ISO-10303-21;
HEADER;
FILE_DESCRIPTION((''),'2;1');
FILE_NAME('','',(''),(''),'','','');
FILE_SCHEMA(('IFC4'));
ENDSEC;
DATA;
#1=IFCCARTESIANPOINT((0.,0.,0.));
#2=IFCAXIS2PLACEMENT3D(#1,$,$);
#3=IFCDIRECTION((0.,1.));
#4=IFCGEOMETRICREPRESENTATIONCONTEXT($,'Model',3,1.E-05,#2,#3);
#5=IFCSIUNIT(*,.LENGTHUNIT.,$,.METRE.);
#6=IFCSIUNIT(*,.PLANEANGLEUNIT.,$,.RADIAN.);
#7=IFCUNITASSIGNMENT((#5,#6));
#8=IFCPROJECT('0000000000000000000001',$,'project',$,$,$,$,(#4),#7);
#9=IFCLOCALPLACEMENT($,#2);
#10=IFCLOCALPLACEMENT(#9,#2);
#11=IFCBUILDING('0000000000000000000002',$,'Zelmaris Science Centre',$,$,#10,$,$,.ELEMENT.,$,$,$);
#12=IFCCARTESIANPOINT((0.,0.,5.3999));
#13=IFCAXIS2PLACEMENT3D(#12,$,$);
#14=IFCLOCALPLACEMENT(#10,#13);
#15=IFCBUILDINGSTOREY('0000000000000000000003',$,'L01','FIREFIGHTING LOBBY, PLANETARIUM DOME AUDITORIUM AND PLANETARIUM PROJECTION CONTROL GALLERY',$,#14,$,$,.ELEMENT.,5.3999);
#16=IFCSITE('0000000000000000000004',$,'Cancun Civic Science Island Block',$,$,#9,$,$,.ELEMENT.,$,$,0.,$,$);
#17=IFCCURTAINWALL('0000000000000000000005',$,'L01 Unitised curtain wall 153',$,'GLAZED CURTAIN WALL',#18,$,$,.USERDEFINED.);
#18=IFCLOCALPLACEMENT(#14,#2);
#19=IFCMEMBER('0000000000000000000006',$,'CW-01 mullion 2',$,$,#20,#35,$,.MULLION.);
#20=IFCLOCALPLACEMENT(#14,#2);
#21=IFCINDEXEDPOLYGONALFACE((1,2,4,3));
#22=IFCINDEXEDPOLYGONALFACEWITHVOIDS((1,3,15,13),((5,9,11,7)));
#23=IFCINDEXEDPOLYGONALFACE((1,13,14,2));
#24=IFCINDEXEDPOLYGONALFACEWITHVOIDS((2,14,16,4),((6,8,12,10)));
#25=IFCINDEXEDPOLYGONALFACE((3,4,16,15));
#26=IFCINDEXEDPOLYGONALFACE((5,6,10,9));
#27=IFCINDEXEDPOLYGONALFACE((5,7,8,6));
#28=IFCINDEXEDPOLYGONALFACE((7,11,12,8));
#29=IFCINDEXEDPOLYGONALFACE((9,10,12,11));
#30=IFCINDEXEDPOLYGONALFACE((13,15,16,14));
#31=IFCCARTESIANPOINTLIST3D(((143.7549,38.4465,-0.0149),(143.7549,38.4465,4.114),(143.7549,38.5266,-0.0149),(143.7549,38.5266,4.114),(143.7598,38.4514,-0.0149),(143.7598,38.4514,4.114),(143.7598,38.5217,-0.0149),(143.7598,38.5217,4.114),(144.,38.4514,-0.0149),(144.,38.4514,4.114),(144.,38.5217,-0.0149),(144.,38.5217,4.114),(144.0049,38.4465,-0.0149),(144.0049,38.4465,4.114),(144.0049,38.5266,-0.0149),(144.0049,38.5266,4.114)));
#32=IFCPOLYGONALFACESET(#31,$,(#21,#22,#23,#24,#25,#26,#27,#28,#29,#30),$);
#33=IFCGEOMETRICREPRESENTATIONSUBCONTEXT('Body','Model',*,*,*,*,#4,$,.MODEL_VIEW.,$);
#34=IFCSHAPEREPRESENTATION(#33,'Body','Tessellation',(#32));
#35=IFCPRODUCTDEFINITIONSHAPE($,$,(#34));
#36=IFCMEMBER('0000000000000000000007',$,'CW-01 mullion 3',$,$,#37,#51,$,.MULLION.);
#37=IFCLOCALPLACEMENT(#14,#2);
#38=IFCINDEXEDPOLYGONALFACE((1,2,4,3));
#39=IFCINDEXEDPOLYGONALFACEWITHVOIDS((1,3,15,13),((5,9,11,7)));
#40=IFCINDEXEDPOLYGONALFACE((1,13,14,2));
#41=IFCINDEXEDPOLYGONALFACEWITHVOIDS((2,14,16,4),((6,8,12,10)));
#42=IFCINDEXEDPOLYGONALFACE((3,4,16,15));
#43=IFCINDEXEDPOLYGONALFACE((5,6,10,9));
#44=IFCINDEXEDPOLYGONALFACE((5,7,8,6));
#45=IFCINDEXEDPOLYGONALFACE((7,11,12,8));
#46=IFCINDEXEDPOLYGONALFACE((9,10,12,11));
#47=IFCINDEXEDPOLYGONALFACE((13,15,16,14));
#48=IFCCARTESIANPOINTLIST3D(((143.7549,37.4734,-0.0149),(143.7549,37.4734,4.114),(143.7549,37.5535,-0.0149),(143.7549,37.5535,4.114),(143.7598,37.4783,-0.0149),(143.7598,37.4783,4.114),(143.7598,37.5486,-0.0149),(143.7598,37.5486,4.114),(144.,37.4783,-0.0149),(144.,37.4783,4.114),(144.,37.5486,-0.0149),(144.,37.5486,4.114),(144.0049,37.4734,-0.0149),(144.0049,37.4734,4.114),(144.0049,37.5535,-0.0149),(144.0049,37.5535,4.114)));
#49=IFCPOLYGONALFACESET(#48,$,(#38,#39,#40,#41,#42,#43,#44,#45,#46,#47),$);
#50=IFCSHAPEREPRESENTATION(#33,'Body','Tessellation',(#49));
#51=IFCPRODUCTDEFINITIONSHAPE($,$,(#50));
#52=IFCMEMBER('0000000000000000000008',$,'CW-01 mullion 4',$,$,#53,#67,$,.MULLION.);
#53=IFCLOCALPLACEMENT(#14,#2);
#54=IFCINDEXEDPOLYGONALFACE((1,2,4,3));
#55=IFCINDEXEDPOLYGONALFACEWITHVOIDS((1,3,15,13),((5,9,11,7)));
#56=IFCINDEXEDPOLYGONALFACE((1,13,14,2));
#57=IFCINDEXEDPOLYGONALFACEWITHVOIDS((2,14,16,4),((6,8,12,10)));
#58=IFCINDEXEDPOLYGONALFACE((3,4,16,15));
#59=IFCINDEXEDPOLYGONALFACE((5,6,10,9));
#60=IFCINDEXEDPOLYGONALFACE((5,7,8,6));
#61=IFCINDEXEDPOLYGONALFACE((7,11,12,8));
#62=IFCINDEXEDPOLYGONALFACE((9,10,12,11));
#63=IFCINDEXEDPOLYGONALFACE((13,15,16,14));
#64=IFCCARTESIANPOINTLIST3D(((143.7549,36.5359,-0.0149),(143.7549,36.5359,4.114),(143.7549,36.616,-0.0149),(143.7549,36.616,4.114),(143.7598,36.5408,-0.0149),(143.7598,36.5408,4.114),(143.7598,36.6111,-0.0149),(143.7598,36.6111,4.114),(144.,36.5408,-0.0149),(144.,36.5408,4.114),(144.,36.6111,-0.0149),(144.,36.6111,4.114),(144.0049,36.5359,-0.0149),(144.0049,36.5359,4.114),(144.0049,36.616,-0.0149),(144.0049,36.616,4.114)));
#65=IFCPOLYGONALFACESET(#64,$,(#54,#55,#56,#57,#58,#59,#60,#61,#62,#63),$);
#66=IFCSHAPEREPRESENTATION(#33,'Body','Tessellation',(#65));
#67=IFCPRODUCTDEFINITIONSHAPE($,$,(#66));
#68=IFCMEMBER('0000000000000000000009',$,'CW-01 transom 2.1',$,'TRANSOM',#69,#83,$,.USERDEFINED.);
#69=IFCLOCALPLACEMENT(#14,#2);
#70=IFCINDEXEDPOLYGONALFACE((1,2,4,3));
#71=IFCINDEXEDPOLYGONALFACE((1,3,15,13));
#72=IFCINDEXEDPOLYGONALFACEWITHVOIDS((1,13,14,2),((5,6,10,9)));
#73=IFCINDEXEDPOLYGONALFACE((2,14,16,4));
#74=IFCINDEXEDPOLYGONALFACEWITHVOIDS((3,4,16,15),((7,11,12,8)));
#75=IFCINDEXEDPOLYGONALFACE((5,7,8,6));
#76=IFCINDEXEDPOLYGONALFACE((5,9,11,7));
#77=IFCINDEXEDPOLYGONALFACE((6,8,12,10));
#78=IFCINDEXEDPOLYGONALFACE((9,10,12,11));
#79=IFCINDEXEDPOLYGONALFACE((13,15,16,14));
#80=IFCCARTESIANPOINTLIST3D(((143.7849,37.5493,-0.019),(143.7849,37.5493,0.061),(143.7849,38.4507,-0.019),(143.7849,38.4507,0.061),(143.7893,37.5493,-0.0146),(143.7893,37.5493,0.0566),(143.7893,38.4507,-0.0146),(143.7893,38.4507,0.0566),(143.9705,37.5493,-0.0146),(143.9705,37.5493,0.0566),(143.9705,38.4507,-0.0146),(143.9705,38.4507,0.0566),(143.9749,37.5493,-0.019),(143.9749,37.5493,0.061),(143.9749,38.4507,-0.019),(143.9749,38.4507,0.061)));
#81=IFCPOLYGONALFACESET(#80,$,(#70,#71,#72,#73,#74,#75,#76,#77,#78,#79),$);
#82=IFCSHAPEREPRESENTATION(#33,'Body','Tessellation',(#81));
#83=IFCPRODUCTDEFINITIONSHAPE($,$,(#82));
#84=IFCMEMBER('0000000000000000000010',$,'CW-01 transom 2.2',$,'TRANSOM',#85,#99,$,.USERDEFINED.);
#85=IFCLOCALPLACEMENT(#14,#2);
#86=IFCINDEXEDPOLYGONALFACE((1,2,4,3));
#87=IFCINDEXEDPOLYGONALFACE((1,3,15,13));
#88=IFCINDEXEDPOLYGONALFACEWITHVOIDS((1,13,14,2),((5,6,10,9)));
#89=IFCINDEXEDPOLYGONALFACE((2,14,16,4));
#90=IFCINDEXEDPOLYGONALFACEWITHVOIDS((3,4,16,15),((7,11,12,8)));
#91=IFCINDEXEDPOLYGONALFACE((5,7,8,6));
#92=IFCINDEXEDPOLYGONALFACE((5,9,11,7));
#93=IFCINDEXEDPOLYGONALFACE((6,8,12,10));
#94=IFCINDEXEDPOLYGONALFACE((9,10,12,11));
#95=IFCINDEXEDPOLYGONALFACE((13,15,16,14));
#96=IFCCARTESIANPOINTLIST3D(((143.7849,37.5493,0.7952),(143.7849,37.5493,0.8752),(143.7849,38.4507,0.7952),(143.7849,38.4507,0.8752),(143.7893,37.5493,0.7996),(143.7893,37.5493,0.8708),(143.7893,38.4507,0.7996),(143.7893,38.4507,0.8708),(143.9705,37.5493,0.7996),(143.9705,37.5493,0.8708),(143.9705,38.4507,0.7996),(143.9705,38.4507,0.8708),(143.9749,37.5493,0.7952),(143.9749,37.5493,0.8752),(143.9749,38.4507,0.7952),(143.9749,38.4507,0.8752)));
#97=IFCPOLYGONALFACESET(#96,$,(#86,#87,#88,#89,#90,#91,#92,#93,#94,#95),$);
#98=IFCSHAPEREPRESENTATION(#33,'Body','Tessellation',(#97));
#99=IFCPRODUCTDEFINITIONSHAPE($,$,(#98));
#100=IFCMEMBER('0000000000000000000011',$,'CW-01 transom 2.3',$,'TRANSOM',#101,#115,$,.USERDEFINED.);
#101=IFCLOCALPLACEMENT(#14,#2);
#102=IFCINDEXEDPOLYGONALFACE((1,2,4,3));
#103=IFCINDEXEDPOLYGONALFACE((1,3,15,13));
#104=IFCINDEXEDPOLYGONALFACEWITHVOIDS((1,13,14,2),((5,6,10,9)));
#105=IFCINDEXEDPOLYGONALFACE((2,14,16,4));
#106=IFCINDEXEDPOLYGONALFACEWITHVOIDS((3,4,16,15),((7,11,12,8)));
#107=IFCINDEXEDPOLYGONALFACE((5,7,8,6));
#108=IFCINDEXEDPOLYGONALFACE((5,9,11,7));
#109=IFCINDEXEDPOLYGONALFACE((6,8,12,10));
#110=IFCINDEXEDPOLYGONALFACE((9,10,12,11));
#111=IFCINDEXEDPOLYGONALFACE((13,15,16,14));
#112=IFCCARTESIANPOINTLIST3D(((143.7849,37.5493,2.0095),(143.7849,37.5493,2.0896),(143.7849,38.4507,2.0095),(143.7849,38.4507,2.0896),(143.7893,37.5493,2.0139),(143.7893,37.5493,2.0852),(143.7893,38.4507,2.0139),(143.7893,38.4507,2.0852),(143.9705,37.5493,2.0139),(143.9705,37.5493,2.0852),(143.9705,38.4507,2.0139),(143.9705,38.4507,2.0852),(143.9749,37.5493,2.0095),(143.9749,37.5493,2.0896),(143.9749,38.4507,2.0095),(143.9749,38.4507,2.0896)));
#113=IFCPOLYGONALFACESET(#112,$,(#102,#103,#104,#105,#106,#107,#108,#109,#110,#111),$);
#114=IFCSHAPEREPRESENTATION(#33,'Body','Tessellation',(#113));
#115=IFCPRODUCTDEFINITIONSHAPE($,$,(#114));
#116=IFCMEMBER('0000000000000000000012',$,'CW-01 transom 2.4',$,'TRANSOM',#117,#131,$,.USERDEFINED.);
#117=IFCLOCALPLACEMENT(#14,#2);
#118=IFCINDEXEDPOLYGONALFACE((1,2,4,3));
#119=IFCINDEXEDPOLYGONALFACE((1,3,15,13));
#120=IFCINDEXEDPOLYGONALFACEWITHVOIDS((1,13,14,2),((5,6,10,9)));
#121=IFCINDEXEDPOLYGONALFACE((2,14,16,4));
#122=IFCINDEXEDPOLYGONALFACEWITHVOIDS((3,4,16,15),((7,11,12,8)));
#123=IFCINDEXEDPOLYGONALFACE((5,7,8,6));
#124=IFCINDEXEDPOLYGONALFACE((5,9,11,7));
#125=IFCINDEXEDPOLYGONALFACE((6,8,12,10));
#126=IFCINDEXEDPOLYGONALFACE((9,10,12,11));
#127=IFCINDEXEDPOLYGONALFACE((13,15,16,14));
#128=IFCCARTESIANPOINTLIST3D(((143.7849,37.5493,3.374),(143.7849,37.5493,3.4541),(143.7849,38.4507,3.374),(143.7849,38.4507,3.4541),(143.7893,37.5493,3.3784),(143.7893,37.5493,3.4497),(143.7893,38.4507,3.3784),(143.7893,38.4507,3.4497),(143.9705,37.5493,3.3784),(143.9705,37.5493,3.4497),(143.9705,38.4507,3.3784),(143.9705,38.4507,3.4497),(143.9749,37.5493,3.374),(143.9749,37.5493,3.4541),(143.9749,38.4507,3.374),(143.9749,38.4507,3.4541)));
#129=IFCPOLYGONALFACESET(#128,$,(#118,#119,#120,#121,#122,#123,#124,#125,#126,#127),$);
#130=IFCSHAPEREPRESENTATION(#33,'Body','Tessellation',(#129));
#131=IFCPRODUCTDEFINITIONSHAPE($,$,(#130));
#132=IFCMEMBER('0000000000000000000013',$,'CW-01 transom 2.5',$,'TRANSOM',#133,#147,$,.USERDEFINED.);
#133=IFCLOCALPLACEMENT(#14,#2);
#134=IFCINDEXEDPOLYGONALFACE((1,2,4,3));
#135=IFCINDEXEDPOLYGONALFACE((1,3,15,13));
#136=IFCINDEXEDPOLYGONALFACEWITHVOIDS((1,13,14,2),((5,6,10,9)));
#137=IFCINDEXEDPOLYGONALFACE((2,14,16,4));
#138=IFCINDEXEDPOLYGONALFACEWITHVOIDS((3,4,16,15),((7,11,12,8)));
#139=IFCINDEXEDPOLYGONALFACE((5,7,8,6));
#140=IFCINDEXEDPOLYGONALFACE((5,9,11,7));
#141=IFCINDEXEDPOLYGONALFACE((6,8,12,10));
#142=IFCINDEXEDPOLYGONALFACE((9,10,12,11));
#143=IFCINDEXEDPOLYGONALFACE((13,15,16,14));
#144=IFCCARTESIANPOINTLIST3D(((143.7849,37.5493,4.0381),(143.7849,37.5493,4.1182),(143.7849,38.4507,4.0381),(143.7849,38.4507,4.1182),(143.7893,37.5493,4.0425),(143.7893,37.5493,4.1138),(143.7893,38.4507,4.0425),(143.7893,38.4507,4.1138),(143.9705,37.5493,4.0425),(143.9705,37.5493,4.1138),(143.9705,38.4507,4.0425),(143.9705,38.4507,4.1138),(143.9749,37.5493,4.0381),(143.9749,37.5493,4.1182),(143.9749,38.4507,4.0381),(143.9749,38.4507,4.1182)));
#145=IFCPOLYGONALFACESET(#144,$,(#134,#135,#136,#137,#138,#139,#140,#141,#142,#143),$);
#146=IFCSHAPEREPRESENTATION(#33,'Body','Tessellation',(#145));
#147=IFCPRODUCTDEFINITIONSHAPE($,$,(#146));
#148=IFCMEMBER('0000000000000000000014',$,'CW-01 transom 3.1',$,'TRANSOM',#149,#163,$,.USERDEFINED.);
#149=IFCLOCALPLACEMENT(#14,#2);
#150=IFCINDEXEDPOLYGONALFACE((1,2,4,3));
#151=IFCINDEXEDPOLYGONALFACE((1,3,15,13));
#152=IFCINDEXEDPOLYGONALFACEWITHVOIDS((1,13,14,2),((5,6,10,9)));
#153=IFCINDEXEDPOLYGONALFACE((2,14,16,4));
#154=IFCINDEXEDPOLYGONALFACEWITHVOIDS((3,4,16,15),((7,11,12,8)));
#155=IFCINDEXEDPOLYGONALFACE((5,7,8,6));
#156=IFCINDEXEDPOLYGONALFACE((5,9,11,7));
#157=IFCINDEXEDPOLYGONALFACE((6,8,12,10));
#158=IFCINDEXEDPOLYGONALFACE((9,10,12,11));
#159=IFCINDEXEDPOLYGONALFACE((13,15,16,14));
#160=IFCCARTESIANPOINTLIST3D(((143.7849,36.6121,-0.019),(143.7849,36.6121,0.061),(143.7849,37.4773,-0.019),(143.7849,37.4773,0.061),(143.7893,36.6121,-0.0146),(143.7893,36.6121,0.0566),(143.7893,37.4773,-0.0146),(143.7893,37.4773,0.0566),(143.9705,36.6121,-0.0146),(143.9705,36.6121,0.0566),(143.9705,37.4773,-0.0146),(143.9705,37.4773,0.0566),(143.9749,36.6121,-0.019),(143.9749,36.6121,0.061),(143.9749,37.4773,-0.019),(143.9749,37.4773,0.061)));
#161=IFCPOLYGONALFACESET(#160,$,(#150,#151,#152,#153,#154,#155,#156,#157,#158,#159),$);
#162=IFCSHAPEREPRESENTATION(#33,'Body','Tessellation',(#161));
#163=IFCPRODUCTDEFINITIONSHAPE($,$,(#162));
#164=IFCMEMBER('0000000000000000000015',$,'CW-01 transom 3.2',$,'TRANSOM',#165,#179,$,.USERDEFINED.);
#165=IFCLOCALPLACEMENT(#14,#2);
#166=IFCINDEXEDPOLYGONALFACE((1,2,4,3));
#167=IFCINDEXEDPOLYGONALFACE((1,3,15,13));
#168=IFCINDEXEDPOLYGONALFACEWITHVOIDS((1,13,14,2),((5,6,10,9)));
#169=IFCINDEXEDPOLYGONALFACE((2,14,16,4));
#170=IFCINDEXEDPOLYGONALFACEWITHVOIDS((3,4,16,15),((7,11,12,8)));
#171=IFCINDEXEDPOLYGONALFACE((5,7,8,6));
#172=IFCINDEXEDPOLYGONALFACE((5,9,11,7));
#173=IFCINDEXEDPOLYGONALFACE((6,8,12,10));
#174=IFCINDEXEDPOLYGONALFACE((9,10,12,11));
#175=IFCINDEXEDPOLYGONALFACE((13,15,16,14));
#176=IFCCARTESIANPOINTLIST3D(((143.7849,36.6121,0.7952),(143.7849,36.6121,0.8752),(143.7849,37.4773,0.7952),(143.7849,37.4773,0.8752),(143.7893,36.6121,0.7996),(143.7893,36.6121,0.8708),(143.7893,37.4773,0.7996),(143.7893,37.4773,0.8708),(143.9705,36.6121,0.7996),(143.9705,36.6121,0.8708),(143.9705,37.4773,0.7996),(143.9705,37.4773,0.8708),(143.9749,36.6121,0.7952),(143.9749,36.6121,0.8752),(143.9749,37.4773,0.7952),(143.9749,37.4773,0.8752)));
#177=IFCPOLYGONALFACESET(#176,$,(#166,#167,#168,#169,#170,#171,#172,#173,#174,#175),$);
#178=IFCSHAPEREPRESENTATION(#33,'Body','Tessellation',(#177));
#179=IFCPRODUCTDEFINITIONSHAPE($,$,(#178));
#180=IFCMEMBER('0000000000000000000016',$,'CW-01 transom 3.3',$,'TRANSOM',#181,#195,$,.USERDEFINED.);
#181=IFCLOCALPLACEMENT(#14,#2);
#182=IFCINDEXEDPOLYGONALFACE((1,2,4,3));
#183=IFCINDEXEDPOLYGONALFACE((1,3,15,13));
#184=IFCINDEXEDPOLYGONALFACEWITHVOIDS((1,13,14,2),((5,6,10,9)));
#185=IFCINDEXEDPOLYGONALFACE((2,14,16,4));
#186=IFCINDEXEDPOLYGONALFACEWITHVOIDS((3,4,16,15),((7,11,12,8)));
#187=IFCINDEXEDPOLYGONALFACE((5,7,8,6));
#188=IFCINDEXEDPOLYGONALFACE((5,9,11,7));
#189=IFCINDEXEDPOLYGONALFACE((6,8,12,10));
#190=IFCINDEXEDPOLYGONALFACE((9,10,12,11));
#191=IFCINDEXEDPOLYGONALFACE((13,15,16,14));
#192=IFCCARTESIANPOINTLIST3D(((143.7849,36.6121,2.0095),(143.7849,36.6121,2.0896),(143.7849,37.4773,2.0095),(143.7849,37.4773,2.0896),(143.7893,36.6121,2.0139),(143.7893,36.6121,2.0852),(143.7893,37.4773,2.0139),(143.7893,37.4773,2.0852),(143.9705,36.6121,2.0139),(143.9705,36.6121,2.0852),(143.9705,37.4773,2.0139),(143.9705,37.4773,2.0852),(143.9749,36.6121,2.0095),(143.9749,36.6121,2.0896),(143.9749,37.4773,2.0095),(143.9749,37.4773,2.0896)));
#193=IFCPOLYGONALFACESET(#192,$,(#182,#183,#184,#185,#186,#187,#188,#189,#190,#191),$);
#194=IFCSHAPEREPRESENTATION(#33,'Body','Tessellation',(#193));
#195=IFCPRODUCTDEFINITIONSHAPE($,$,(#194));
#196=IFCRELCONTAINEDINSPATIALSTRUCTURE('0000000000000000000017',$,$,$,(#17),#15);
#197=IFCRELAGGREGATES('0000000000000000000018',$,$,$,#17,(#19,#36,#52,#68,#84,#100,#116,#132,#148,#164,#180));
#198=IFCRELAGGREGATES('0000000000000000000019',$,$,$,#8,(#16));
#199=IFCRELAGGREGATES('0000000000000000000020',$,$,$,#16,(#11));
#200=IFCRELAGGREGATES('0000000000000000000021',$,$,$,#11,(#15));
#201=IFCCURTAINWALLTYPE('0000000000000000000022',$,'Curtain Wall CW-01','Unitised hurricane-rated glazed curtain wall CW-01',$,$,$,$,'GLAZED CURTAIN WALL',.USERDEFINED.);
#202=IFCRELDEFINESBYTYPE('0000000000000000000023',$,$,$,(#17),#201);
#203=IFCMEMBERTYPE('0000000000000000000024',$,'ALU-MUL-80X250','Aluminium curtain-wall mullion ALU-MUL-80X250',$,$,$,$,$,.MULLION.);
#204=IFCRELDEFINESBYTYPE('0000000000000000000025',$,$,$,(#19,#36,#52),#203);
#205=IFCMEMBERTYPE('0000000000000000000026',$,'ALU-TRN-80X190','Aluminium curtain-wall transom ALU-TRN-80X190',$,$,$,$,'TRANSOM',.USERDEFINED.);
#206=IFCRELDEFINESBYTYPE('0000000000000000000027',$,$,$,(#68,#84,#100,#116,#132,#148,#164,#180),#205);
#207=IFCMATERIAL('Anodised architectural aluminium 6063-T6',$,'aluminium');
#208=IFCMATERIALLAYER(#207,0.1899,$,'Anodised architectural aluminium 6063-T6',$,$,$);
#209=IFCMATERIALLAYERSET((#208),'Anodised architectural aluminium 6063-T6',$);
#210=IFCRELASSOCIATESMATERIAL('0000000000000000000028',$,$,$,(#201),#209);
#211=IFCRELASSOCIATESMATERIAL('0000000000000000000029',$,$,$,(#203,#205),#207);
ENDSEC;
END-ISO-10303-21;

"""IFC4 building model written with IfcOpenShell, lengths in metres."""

from ifc_helpers import new_model, si_unit, direction, frame, origin, origin_2d, place, context, subcontext, project, spatial, hollow_rectangle, extrude, material, layer, layer_set, material_profile, profile_set, type_object, element, aggregate, save


model = new_model("IFC4")

# Units and contexts
model_context = context("Model", 3, precision=1e-05, world=origin(), true_north=direction((0.0, 1.0)))
body_context = subcontext(model_context, "Body", "Model", "MODEL_VIEW")
ifc_project = project(units=[si_unit("LENGTHUNIT", "METRE"), si_unit("PLANEANGLEUNIT", "RADIAN")], contexts=[model_context])

# Site, building, storey
site_placement = place(None, origin())
site = spatial("IfcSite", under=ifc_project, at=site_placement, Name="Cancun Civic Science Island Block", CompositionType="ELEMENT", RefElevation=0.0)
building_placement = place(site_placement, origin())
building = spatial("IfcBuilding", under=site, at=building_placement, Name="Zelmaris Science Centre", CompositionType="ELEMENT")
storey_placement = place(building_placement, frame((0.0, 0.0, 5.3999)))
storey = spatial("IfcBuildingStorey", under=building, at=storey_placement, Name="L01", Description="FIREFIGHTING LOBBY, PLANETARIUM DOME AUDITORIUM AND PLANETARIUM PROJECTION CONTROL GALLERY", CompositionType="ELEMENT", Elevation=5.3999)

# Curtain wall, members
ifc_material_1 = material(Name="Anodised architectural aluminium 6063-T6", Category="aluminium")
ifc_layer_1 = layer(ifc_material_1, 0.1899, Name="Anodised architectural aluminium 6063-T6")
ifc_layer_set_1 = layer_set([ifc_layer_1], Name="Anodised architectural aluminium 6063-T6")
curtain_wall_type = type_object("IfcCurtainWallType", Name="Curtain Wall CW-01", Description="Unitised hurricane-rated glazed curtain wall CW-01", ElementType="GLAZED CURTAIN WALL", PredefinedType="USERDEFINED", material=ifc_layer_set_1)
curtain_wall_placement = place(storey_placement, origin())
curtain_wall = element("IfcCurtainWall", 1, at=curtain_wall_placement, inside=storey, type_object=curtain_wall_type, Name="L01 Unitised curtain wall 153", ObjectType="GLAZED CURTAIN WALL", PredefinedType="USERDEFINED")
ifc_material_profile_1 = material_profile(ifc_material_1, hollow_rectangle(XDim=0.0801, YDim=0.25, WallThickness=0.0049, at=origin_2d()), Name="ALU-MUL-80X250")
ifc_profile_set_1 = profile_set([ifc_material_profile_1], Name="Anodised architectural aluminium 6063-T6")
member_type_1 = type_object("IfcMemberType", Name="ALU-MUL-80X250", Description="Aluminium curtain-wall mullion ALU-MUL-80X250", PredefinedType="MULLION", material=ifc_profile_set_1)
member_1_placement = place(storey_placement, frame((143.8799, 38.4866, -0.0149), z_axis=(0.0, 0.0, 1.0), x_axis=(0.0, -1.0, 0.0)))
member_1 = element("IfcMember", 2, at=member_1_placement, type_object=member_type_1, Name="CW-01 mullion 2", PredefinedType="MULLION", context=body_context, shape_type="SweptSolid", body=[
    extrude(hollow_rectangle(XDim=0.0801, YDim=0.25, WallThickness=0.0049, at=origin_2d()), origin(), (0.0, 0.0, 1.0), 4.1289),
])
member_2_placement = place(storey_placement, frame((143.8799, 37.5134, -0.0149), z_axis=(0.0, 0.0, 1.0), x_axis=(0.0, -1.0, 0.0)))
member_2 = element("IfcMember", 3, at=member_2_placement, type_object=member_type_1, Name="CW-01 mullion 3", PredefinedType="MULLION", context=body_context, shape_type="SweptSolid", body=[
    extrude(hollow_rectangle(XDim=0.0801, YDim=0.25, WallThickness=0.0049, at=origin_2d()), origin(), (0.0, 0.0, 1.0), 4.1289),
])
member_3_placement = place(storey_placement, frame((143.8799, 36.5759, -0.0149), z_axis=(0.0, 0.0, 1.0), x_axis=(0.0, -1.0, 0.0)))
member_3 = element("IfcMember", 4, at=member_3_placement, type_object=member_type_1, Name="CW-01 mullion 4", PredefinedType="MULLION", context=body_context, shape_type="SweptSolid", body=[
    extrude(hollow_rectangle(XDim=0.0801, YDim=0.25, WallThickness=0.0049, at=origin_2d()), origin(), (0.0, 0.0, 1.0), 4.1289),
])
ifc_material_profile_2 = material_profile(ifc_material_1, hollow_rectangle(XDim=0.0801, YDim=0.1899, WallThickness=0.0044, at=origin_2d()), Name="ALU-TRN-80X190")
ifc_profile_set_2 = profile_set([ifc_material_profile_2], Name="Anodised architectural aluminium 6063-T6")
member_type_2 = type_object("IfcMemberType", Name="ALU-TRN-80X190", Description="Aluminium curtain-wall transom ALU-TRN-80X190", ElementType="TRANSOM", PredefinedType="USERDEFINED", material=ifc_profile_set_2)
member_4_placement = place(storey_placement, frame((143.8799, 38.4507, 0.021), z_axis=(0.0, -1.0, 0.0), x_axis=(0.0, 0.0, 1.0)))
member_4 = element("IfcMember", 5, at=member_4_placement, type_object=member_type_2, Name="CW-01 transom 2.1", ObjectType="TRANSOM", PredefinedType="USERDEFINED", context=body_context, shape_type="SweptSolid", body=[
    extrude(hollow_rectangle(XDim=0.0801, YDim=0.1899, WallThickness=0.0044, at=origin_2d()), origin(), (0.0, 0.0, 1.0), 0.9014),
])
member_5_placement = place(storey_placement, frame((143.8799, 38.4507, 0.8352), z_axis=(0.0, -1.0, 0.0), x_axis=(0.0, 0.0, 1.0)))
member_5 = element("IfcMember", 6, at=member_5_placement, type_object=member_type_2, Name="CW-01 transom 2.2", ObjectType="TRANSOM", PredefinedType="USERDEFINED", context=body_context, shape_type="SweptSolid", body=[
    extrude(hollow_rectangle(XDim=0.0801, YDim=0.1899, WallThickness=0.0044, at=origin_2d()), origin(), (0.0, 0.0, 1.0), 0.9014),
])
member_6_placement = place(storey_placement, frame((143.8799, 38.4507, 2.0496), z_axis=(0.0, -1.0, 0.0), x_axis=(0.0, 0.0, 1.0)))
member_6 = element("IfcMember", 7, at=member_6_placement, type_object=member_type_2, Name="CW-01 transom 2.3", ObjectType="TRANSOM", PredefinedType="USERDEFINED", context=body_context, shape_type="SweptSolid", body=[
    extrude(hollow_rectangle(XDim=0.0801, YDim=0.1899, WallThickness=0.0044, at=origin_2d()), origin(), (0.0, 0.0, 1.0), 0.9014),
])
member_7_placement = place(storey_placement, frame((143.8799, 38.4507, 3.4141), z_axis=(0.0, -1.0, 0.0), x_axis=(0.0, 0.0, 1.0)))
member_7 = element("IfcMember", 8, at=member_7_placement, type_object=member_type_2, Name="CW-01 transom 2.4", ObjectType="TRANSOM", PredefinedType="USERDEFINED", context=body_context, shape_type="SweptSolid", body=[
    extrude(hollow_rectangle(XDim=0.0801, YDim=0.1899, WallThickness=0.0044, at=origin_2d()), origin(), (0.0, 0.0, 1.0), 0.9014),
])
member_8_placement = place(storey_placement, frame((143.8799, 38.4507, 4.0781), z_axis=(0.0, -1.0, 0.0), x_axis=(0.0, 0.0, 1.0)))
member_8 = element("IfcMember", 9, at=member_8_placement, type_object=member_type_2, Name="CW-01 transom 2.5", ObjectType="TRANSOM", PredefinedType="USERDEFINED", context=body_context, shape_type="SweptSolid", body=[
    extrude(hollow_rectangle(XDim=0.0801, YDim=0.1899, WallThickness=0.0044, at=origin_2d()), origin(), (0.0, 0.0, 1.0), 0.9014),
])
member_9_placement = place(storey_placement, frame((143.8799, 37.4773, 0.021), z_axis=(0.0, -1.0, 0.0), x_axis=(0.0, 0.0, 1.0)))
member_9 = element("IfcMember", 10, at=member_9_placement, type_object=member_type_2, Name="CW-01 transom 3.1", ObjectType="TRANSOM", PredefinedType="USERDEFINED", context=body_context, shape_type="SweptSolid", body=[
    extrude(hollow_rectangle(XDim=0.0801, YDim=0.1899, WallThickness=0.0044, at=origin_2d()), origin(), (0.0, 0.0, 1.0), 0.8652),
])
member_10_placement = place(storey_placement, frame((143.8799, 37.4773, 0.8352), z_axis=(0.0, -1.0, 0.0), x_axis=(0.0, 0.0, 1.0)))
member_10 = element("IfcMember", 11, at=member_10_placement, type_object=member_type_2, Name="CW-01 transom 3.2", ObjectType="TRANSOM", PredefinedType="USERDEFINED", context=body_context, shape_type="SweptSolid", body=[
    extrude(hollow_rectangle(XDim=0.0801, YDim=0.1899, WallThickness=0.0044, at=origin_2d()), origin(), (0.0, 0.0, 1.0), 0.8652),
])
member_11_placement = place(storey_placement, frame((143.8799, 37.4773, 2.0496), z_axis=(0.0, -1.0, 0.0), x_axis=(0.0, 0.0, 1.0)))
member_11 = element("IfcMember", 12, at=member_11_placement, type_object=member_type_2, Name="CW-01 transom 3.3", ObjectType="TRANSOM", PredefinedType="USERDEFINED", context=body_context, shape_type="SweptSolid", body=[
    extrude(hollow_rectangle(XDim=0.0801, YDim=0.1899, WallThickness=0.0044, at=origin_2d()), origin(), (0.0, 0.0, 1.0), 0.8652),
])
aggregate(curtain_wall, [member_1, member_2, member_3, member_4, member_5, member_6, member_7, member_8, member_9, member_10, member_11])

save(model, "model.ifc")
